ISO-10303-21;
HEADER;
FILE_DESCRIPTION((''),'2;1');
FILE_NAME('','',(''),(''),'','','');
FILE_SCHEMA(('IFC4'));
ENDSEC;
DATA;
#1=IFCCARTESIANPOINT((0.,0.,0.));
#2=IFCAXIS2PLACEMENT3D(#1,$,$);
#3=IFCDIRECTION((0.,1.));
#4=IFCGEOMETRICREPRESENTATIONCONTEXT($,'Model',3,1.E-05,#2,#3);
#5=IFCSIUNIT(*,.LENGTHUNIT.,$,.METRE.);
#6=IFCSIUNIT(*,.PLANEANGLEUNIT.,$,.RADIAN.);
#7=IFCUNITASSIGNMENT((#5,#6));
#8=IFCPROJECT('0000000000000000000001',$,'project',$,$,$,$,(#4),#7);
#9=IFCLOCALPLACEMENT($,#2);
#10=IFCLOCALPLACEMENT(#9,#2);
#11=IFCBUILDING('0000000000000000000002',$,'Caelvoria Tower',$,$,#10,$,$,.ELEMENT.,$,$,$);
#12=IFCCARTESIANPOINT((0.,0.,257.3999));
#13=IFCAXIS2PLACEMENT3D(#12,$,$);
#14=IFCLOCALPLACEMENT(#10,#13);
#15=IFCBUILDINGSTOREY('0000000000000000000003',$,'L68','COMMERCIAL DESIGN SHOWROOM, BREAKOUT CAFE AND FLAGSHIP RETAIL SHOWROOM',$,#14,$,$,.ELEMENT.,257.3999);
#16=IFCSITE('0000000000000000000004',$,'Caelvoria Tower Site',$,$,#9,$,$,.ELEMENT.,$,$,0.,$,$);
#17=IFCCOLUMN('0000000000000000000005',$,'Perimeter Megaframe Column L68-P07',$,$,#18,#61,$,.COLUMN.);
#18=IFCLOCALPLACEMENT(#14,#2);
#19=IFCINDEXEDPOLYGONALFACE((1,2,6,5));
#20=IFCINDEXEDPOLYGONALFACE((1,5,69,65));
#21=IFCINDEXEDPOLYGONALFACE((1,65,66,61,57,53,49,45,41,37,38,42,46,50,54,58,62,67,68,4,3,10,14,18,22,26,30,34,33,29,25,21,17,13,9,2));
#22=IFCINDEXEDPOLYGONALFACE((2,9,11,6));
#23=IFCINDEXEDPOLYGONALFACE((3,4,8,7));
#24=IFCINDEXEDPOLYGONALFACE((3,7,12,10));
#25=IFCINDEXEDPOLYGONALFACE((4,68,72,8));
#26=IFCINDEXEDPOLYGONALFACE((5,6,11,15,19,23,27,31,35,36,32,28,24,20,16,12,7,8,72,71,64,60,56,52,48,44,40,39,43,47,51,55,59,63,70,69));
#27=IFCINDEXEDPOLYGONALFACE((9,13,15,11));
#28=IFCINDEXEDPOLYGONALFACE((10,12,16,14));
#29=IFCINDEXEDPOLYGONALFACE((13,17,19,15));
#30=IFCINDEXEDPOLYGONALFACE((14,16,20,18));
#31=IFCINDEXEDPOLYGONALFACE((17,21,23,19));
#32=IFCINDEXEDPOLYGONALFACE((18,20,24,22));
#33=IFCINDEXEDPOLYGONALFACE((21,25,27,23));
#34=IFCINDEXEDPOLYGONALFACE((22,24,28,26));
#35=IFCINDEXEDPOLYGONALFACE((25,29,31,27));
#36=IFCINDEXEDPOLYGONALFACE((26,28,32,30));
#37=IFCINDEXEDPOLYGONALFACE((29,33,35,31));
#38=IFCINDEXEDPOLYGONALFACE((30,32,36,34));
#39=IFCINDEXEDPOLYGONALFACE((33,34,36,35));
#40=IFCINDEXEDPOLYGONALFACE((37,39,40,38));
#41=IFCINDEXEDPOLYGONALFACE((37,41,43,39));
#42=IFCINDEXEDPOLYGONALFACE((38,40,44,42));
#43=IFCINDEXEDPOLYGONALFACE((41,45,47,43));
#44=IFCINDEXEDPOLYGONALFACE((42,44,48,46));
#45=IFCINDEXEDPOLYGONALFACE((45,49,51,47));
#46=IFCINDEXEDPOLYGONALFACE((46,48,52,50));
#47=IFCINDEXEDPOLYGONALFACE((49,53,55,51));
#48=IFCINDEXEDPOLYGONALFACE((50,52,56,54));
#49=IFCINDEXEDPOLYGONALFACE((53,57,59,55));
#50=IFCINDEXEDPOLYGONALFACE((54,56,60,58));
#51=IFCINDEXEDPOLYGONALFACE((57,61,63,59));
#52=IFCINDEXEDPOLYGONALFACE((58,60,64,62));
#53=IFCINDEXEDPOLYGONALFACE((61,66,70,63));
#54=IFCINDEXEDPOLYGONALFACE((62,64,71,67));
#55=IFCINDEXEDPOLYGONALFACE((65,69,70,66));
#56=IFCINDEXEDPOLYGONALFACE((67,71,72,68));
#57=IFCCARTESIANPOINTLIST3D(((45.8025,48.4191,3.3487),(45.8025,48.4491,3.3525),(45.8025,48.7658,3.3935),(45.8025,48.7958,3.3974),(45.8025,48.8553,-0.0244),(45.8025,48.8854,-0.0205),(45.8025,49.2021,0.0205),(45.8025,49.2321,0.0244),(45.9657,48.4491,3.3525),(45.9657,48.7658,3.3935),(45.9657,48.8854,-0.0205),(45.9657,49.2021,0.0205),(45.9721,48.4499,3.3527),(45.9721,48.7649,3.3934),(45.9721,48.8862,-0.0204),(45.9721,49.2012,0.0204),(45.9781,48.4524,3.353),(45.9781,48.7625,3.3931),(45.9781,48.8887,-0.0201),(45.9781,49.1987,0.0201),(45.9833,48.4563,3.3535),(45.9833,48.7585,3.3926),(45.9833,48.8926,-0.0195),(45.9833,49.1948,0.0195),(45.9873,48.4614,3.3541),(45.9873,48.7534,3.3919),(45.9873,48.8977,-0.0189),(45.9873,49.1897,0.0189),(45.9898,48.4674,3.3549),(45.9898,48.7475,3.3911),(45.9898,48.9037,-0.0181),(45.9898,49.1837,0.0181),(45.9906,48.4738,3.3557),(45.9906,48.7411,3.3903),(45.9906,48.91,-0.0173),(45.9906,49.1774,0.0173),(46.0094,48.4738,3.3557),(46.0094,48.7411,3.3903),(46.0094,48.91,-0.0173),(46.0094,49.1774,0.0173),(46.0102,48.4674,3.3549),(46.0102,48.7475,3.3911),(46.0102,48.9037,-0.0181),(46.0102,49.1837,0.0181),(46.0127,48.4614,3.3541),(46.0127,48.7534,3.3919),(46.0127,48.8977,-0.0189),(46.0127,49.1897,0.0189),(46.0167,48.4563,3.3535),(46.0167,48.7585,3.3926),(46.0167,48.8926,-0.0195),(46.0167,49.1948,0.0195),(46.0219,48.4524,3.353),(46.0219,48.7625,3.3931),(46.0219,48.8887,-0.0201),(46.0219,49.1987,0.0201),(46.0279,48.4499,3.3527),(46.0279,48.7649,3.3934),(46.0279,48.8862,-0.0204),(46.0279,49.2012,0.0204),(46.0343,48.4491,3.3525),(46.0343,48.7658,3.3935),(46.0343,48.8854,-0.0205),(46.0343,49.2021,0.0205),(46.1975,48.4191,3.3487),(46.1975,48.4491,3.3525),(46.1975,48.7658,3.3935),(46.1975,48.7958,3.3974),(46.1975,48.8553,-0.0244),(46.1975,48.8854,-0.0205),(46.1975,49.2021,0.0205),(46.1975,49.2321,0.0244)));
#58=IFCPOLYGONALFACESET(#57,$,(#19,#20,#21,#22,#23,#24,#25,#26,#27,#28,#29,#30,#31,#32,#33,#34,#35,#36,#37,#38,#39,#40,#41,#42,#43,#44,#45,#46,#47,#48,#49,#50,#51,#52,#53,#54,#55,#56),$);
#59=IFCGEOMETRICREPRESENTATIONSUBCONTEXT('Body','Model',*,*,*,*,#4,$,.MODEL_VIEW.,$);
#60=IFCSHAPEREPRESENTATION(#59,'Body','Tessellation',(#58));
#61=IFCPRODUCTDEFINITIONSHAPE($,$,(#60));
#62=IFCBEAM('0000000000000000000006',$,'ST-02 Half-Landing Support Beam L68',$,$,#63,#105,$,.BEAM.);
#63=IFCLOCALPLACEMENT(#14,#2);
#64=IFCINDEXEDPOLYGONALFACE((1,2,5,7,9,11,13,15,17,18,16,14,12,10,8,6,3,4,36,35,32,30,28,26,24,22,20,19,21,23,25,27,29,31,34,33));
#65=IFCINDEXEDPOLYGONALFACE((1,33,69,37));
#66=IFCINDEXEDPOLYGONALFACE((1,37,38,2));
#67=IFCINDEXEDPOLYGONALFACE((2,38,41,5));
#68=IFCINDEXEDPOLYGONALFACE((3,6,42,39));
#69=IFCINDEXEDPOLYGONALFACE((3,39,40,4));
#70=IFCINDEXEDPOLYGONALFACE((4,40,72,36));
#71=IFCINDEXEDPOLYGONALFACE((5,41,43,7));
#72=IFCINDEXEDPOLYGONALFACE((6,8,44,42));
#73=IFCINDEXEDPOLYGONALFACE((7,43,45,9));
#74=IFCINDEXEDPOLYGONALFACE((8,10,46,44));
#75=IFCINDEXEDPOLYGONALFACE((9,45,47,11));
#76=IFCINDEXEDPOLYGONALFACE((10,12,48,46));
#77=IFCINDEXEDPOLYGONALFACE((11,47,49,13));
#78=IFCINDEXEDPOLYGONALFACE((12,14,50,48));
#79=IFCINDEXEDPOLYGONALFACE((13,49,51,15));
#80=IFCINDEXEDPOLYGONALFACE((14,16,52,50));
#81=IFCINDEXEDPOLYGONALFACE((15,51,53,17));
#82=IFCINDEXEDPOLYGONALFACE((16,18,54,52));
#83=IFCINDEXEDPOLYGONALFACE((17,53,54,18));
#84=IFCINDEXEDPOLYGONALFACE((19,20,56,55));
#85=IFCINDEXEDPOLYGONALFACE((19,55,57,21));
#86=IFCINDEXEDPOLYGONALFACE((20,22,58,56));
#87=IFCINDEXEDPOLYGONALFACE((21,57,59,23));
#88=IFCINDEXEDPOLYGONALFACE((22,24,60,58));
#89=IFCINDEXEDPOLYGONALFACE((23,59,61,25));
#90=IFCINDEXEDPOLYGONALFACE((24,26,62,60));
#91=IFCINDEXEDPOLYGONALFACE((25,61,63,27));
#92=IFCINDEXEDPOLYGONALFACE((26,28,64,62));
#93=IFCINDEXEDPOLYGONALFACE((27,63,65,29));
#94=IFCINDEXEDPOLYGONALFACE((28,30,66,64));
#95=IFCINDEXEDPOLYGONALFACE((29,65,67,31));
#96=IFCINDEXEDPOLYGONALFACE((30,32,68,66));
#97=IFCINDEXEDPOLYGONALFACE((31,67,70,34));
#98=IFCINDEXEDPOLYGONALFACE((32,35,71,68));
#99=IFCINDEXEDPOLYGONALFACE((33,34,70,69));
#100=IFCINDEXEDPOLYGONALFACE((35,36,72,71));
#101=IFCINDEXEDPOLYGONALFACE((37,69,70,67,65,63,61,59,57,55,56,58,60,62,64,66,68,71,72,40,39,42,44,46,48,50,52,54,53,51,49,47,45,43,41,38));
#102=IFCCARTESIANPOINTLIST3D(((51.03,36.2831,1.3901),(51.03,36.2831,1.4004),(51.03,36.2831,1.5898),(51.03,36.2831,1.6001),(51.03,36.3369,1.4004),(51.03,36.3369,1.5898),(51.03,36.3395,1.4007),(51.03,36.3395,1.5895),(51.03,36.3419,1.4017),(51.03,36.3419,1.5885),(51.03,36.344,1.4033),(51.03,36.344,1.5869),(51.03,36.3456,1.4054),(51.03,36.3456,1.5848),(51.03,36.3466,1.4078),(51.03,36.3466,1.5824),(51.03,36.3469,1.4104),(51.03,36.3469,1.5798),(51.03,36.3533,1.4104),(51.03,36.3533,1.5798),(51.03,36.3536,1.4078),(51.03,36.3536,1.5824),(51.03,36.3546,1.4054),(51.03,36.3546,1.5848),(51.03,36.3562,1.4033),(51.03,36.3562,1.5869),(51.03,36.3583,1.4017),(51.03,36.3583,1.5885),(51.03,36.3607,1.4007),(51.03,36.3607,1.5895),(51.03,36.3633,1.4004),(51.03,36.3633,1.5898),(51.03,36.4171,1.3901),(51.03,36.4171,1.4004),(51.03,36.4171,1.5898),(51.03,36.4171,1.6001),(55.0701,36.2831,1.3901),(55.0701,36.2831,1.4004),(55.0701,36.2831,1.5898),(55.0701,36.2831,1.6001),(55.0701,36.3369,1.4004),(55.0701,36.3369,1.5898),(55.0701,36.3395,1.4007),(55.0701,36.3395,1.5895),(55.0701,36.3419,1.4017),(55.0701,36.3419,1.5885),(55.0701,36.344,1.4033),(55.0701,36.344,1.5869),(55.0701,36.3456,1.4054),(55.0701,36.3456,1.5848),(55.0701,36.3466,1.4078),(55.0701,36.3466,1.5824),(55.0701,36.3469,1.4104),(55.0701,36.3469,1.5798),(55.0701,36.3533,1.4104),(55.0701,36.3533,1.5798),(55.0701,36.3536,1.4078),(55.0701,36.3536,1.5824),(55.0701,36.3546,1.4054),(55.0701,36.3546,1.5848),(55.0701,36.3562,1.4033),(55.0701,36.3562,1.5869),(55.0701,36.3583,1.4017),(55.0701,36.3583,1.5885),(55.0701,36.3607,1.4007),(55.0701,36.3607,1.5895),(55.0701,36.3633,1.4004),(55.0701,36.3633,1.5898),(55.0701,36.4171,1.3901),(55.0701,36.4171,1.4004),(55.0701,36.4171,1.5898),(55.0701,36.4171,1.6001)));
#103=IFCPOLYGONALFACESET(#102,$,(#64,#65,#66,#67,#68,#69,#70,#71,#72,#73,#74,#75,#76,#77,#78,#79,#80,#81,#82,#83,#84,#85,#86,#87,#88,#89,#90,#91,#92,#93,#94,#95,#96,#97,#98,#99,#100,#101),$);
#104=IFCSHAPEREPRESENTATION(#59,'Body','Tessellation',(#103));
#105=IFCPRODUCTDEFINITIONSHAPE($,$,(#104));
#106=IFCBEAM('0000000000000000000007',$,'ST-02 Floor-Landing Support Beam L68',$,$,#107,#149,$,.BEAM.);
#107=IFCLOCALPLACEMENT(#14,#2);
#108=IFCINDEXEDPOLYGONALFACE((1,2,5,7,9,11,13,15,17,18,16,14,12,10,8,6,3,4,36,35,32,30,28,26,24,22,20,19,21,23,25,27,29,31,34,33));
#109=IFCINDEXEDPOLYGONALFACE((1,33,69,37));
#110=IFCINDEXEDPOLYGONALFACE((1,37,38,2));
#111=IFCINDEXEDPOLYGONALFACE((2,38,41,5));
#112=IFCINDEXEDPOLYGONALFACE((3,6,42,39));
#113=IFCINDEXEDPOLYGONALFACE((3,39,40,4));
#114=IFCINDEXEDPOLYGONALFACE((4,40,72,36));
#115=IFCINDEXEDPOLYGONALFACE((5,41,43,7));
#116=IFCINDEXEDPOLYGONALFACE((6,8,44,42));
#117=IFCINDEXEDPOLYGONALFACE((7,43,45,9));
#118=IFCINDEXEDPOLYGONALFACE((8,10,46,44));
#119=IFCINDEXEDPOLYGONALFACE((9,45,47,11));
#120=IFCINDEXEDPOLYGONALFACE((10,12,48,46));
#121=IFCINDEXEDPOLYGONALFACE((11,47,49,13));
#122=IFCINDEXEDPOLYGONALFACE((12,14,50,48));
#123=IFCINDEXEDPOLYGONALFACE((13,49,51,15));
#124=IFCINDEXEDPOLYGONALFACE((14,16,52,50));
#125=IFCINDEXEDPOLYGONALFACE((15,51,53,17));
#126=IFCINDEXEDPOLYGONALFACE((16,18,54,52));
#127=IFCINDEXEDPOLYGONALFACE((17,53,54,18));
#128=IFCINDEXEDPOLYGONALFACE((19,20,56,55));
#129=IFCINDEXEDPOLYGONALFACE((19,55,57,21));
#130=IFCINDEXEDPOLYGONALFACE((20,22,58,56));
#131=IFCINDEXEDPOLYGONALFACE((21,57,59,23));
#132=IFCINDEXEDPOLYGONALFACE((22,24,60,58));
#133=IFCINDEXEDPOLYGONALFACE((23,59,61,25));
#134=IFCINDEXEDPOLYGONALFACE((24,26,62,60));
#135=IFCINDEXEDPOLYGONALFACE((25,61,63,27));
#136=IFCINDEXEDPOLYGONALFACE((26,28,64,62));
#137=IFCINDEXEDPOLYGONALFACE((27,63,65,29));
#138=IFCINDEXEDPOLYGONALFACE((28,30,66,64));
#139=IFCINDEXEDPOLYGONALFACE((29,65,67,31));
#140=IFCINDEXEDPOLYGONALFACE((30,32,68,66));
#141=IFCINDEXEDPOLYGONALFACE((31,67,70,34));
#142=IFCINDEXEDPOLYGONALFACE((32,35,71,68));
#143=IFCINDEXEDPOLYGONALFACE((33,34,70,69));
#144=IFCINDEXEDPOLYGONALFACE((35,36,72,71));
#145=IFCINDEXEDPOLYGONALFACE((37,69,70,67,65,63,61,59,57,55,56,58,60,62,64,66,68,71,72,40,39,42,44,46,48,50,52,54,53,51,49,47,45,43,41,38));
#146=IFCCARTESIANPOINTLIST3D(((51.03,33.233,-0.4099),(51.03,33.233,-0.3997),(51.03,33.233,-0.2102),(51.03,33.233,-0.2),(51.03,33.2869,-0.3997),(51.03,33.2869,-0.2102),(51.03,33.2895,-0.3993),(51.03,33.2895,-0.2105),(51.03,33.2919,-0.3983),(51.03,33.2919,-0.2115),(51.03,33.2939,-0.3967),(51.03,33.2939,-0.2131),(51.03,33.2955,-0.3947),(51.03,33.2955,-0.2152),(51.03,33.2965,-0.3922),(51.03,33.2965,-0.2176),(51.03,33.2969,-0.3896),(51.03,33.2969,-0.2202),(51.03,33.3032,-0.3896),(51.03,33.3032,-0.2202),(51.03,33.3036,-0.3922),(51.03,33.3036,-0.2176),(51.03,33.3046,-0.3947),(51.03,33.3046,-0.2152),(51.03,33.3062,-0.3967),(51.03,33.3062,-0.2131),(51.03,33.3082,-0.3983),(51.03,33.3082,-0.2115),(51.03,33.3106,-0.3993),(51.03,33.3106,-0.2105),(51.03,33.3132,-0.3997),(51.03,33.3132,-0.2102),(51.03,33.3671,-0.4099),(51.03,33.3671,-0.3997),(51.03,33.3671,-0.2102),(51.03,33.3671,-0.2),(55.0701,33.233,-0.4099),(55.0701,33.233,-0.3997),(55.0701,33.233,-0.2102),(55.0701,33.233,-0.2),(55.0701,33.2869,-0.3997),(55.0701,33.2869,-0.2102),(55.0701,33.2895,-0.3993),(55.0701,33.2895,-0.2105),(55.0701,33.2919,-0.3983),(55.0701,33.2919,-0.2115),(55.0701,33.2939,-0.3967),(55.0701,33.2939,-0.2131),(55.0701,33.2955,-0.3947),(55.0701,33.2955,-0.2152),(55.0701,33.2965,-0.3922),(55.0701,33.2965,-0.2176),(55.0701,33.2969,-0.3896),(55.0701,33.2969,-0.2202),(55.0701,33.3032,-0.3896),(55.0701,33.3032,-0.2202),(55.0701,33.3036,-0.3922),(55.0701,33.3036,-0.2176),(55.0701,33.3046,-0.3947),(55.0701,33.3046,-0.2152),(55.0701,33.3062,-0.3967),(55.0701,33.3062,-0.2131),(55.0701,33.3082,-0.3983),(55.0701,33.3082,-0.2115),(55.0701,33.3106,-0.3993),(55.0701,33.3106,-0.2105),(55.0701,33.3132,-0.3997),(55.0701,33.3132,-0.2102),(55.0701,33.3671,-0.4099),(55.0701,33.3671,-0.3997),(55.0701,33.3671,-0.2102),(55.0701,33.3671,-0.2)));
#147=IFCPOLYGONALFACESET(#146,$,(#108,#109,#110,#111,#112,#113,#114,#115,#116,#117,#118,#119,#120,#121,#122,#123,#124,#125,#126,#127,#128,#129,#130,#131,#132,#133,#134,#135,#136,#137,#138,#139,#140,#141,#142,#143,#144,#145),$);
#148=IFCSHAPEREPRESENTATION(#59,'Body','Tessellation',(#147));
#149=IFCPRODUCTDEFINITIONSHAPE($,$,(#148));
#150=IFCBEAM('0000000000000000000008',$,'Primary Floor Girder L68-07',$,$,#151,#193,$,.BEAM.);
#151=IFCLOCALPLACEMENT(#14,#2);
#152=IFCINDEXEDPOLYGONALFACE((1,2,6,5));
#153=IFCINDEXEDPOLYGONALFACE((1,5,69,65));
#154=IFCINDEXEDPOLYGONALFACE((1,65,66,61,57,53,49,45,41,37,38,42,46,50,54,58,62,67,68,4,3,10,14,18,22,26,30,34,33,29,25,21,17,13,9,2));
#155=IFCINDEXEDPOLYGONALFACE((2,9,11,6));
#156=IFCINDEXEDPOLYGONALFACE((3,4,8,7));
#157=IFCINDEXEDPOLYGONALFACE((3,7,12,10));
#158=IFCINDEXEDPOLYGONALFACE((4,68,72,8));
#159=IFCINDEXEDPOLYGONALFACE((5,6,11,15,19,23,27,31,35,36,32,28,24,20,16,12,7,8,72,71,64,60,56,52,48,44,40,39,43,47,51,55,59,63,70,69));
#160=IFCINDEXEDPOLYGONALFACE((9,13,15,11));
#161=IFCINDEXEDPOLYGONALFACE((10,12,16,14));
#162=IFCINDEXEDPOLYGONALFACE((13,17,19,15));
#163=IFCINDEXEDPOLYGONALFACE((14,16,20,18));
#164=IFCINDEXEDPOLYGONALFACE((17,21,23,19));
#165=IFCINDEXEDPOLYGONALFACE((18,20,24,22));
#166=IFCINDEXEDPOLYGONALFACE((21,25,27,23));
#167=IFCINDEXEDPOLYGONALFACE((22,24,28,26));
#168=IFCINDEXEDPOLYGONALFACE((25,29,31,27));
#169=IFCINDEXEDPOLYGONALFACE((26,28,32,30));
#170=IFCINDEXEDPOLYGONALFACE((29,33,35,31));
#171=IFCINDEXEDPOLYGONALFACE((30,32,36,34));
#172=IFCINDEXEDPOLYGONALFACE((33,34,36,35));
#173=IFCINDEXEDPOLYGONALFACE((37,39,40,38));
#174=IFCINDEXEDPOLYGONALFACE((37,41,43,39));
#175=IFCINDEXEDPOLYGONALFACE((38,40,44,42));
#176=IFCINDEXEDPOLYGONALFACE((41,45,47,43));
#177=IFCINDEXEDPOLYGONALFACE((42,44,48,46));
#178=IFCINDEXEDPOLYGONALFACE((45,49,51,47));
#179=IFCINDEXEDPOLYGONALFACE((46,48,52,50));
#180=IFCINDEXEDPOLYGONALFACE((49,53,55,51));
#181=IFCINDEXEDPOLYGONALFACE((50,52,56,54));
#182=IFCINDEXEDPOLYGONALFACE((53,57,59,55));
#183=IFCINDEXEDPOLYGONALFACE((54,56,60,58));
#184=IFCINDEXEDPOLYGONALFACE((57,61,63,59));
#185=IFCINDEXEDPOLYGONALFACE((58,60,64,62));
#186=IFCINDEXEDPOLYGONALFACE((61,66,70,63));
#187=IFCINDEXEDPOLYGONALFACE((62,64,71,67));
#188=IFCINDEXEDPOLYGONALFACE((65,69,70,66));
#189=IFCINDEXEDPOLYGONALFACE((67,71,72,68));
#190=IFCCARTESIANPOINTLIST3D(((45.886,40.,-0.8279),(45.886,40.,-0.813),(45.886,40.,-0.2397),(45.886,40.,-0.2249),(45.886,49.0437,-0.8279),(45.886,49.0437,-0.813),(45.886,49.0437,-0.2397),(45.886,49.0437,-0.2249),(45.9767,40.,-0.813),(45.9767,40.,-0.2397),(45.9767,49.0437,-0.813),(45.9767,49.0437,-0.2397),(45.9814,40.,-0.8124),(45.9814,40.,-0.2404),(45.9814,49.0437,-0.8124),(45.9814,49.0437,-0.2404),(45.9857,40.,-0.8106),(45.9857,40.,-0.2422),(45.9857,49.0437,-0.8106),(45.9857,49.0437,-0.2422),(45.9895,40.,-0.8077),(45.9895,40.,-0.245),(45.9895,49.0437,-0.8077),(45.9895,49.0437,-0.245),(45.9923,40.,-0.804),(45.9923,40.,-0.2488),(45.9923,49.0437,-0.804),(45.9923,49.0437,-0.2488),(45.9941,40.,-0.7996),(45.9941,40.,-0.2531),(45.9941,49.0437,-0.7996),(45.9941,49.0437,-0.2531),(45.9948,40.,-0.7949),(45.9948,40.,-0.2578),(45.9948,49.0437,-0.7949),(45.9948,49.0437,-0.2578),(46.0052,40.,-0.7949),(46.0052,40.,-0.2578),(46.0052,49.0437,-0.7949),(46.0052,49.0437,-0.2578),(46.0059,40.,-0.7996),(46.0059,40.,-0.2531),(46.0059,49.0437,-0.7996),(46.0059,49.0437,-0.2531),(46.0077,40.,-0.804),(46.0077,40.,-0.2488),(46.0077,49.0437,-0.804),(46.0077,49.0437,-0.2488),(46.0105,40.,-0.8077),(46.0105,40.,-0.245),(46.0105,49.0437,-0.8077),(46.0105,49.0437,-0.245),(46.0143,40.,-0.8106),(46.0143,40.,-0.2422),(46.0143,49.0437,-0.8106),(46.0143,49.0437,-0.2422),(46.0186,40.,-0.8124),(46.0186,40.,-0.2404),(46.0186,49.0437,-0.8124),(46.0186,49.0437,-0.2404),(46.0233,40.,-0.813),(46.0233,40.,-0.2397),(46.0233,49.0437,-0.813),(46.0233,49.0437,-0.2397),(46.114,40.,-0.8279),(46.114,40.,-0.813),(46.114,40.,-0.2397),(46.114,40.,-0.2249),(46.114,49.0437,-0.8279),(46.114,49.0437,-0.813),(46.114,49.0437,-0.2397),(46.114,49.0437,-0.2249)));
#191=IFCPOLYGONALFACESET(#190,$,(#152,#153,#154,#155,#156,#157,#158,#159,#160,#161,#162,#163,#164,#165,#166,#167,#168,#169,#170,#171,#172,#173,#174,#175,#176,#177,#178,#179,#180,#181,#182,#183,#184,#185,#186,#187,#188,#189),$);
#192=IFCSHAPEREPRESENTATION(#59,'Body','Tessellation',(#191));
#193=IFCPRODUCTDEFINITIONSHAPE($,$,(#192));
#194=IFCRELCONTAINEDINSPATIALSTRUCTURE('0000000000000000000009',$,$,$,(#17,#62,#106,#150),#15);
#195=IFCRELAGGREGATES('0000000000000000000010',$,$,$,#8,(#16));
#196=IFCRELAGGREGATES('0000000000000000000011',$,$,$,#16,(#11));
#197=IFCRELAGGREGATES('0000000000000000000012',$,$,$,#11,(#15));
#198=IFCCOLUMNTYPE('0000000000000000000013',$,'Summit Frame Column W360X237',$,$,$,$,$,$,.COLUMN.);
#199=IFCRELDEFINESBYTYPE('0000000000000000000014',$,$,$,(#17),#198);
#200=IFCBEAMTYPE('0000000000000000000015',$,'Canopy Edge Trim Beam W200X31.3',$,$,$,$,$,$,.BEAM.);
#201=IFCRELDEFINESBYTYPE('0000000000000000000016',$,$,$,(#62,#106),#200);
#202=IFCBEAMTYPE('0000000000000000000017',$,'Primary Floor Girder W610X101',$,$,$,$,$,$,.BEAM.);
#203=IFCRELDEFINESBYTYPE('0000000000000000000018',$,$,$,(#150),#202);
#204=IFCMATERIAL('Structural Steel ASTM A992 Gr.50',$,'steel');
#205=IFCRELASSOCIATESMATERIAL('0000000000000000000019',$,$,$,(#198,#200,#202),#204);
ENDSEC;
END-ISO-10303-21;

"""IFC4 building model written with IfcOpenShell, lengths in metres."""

from ifc_helpers import new_model, si_unit, direction, frame, origin, origin_2d, place, context, subcontext, project, spatial, i_section, extrude, material, material_profile, profile_set, type_object, element, save


model = new_model("IFC4")

# Units and contexts
model_context = context("Model", 3, precision=1e-05, world=origin(), true_north=direction((0.0, 1.0)))
body_context = subcontext(model_context, "Body", "Model", "MODEL_VIEW")
ifc_project = project(units=[si_unit("LENGTHUNIT", "METRE"), si_unit("PLANEANGLEUNIT", "RADIAN")], contexts=[model_context])

# Site, building, storey
site_placement = place(None, origin())
site = spatial("IfcSite", under=ifc_project, at=site_placement, Name="Caelvoria Tower Site", CompositionType="ELEMENT", RefElevation=0.0)
building_placement = place(site_placement, origin())
building = spatial("IfcBuilding", under=site, at=building_placement, Name="Caelvoria Tower", CompositionType="ELEMENT")
storey_placement = place(building_placement, frame((0.0, 0.0, 257.3999)))
storey = spatial("IfcBuildingStorey", under=building, at=storey_placement, Name="L68", Description="COMMERCIAL DESIGN SHOWROOM, BREAKOUT CAFE AND FLAGSHIP RETAIL SHOWROOM", CompositionType="ELEMENT", Elevation=257.3999)

# Column
ifc_material_1 = material(Name="Structural Steel ASTM A992 Gr.50", Category="steel")
ifc_material_profile_1 = material_profile(ifc_material_1, i_section(OverallWidth=0.395, OverallDepth=0.3799, WebThickness=0.0188, FlangeThickness=0.0303, FilletRadius=0.0249, at=origin_2d()), Name="Structural Steel ASTM A992 Gr.50")
ifc_profile_set_1 = profile_set([ifc_material_profile_1], Name="W360X237 - Structural Steel ASTM A992 Gr.50")
column_type = type_object("IfcColumnType", Name="Summit Frame Column W360X237", PredefinedType="COLUMN", material=ifc_profile_set_1)
column_placement = place(storey_placement, frame((46.0, 49.0437, 0.0), z_axis=(0.0, -0.128274, 0.991739), x_axis=(1.0, 0.0, 0.0)))
element("IfcColumn", 1, at=column_placement, inside=storey, type_object=column_type, Name="Perimeter Megaframe Column L68-P07", PredefinedType="COLUMN", context=body_context, shape_type="SweptSolid", body=[
    extrude(i_section(OverallWidth=0.395, OverallDepth=0.3799, WebThickness=0.0188, FlangeThickness=0.0303, FilletRadius=0.0249, at=origin_2d()), origin(), (0.0, 0.0, 1.0), 3.4011),
])

# Beams
ifc_material_profile_2 = material_profile(ifc_material_1, i_section(OverallWidth=0.134, OverallDepth=0.21, WebThickness=0.0063, FlangeThickness=0.0103, FilletRadius=0.01, at=origin_2d()), Name="Structural Steel ASTM A992 Gr.50")
ifc_profile_set_2 = profile_set([ifc_material_profile_2], Name="W200X31.3 - Structural Steel ASTM A992 Gr.50")
beam_type_1 = type_object("IfcBeamType", Name="Canopy Edge Trim Beam W200X31.3", PredefinedType="BEAM", material=ifc_profile_set_2)
for number, where, z_axis, x_axis, name in (
    (2, (51.03, 36.3501, 1.4951), (1.0, 0.0, 0.0), (0.0, 1.0, 0.0), "ST-02 Half-Landing Support Beam L68"),
    (3, (51.03, 33.3, -0.3049), (1.0, 0.0, 0.0), (0.0, 1.0, 0.0), "ST-02 Floor-Landing Support Beam L68"),
):
    element("IfcBeam", number, at=place(storey_placement, frame(where, z_axis=z_axis, x_axis=x_axis)), inside=storey, type_object=beam_type_1, Name=name, PredefinedType="BEAM", context=body_context, shape_type="SweptSolid", body=[
        extrude(i_section(OverallWidth=0.134, OverallDepth=0.21, WebThickness=0.0063, FlangeThickness=0.0103, FilletRadius=0.01, at=origin_2d()), origin(), (0.0, 0.0, 1.0), 4.04),
    ])
ifc_material_profile_3 = material_profile(ifc_material_1, i_section(OverallWidth=0.228, OverallDepth=0.603, WebThickness=0.0105, FlangeThickness=0.0149, FilletRadius=0.0181, at=origin_2d()), Name="Structural Steel ASTM A992 Gr.50")
ifc_profile_set_3 = profile_set([ifc_material_profile_3], Name="W610X101 - Structural Steel ASTM A992 Gr.50")
beam_type_2 = type_object("IfcBeamType", Name="Primary Floor Girder W610X101", PredefinedType="BEAM", material=ifc_profile_set_3)
beam_1_placement = place(storey_placement, frame((46.0, 40.0, -0.5264), z_axis=(0.0, 1.0, 0.0), x_axis=(-1.0, 0.0, 0.0)))
element("IfcBeam", 4, at=beam_1_placement, inside=storey, type_object=beam_type_2, Name="Primary Floor Girder L68-07", PredefinedType="BEAM", context=body_context, shape_type="SweptSolid", body=[
    extrude(i_section(OverallWidth=0.228, OverallDepth=0.603, WebThickness=0.0105, FlangeThickness=0.0149, FilletRadius=0.0181, at=origin_2d()), origin(), (0.0, 0.0, 1.0), 9.0437),
])

save(model, "model.ifc")
